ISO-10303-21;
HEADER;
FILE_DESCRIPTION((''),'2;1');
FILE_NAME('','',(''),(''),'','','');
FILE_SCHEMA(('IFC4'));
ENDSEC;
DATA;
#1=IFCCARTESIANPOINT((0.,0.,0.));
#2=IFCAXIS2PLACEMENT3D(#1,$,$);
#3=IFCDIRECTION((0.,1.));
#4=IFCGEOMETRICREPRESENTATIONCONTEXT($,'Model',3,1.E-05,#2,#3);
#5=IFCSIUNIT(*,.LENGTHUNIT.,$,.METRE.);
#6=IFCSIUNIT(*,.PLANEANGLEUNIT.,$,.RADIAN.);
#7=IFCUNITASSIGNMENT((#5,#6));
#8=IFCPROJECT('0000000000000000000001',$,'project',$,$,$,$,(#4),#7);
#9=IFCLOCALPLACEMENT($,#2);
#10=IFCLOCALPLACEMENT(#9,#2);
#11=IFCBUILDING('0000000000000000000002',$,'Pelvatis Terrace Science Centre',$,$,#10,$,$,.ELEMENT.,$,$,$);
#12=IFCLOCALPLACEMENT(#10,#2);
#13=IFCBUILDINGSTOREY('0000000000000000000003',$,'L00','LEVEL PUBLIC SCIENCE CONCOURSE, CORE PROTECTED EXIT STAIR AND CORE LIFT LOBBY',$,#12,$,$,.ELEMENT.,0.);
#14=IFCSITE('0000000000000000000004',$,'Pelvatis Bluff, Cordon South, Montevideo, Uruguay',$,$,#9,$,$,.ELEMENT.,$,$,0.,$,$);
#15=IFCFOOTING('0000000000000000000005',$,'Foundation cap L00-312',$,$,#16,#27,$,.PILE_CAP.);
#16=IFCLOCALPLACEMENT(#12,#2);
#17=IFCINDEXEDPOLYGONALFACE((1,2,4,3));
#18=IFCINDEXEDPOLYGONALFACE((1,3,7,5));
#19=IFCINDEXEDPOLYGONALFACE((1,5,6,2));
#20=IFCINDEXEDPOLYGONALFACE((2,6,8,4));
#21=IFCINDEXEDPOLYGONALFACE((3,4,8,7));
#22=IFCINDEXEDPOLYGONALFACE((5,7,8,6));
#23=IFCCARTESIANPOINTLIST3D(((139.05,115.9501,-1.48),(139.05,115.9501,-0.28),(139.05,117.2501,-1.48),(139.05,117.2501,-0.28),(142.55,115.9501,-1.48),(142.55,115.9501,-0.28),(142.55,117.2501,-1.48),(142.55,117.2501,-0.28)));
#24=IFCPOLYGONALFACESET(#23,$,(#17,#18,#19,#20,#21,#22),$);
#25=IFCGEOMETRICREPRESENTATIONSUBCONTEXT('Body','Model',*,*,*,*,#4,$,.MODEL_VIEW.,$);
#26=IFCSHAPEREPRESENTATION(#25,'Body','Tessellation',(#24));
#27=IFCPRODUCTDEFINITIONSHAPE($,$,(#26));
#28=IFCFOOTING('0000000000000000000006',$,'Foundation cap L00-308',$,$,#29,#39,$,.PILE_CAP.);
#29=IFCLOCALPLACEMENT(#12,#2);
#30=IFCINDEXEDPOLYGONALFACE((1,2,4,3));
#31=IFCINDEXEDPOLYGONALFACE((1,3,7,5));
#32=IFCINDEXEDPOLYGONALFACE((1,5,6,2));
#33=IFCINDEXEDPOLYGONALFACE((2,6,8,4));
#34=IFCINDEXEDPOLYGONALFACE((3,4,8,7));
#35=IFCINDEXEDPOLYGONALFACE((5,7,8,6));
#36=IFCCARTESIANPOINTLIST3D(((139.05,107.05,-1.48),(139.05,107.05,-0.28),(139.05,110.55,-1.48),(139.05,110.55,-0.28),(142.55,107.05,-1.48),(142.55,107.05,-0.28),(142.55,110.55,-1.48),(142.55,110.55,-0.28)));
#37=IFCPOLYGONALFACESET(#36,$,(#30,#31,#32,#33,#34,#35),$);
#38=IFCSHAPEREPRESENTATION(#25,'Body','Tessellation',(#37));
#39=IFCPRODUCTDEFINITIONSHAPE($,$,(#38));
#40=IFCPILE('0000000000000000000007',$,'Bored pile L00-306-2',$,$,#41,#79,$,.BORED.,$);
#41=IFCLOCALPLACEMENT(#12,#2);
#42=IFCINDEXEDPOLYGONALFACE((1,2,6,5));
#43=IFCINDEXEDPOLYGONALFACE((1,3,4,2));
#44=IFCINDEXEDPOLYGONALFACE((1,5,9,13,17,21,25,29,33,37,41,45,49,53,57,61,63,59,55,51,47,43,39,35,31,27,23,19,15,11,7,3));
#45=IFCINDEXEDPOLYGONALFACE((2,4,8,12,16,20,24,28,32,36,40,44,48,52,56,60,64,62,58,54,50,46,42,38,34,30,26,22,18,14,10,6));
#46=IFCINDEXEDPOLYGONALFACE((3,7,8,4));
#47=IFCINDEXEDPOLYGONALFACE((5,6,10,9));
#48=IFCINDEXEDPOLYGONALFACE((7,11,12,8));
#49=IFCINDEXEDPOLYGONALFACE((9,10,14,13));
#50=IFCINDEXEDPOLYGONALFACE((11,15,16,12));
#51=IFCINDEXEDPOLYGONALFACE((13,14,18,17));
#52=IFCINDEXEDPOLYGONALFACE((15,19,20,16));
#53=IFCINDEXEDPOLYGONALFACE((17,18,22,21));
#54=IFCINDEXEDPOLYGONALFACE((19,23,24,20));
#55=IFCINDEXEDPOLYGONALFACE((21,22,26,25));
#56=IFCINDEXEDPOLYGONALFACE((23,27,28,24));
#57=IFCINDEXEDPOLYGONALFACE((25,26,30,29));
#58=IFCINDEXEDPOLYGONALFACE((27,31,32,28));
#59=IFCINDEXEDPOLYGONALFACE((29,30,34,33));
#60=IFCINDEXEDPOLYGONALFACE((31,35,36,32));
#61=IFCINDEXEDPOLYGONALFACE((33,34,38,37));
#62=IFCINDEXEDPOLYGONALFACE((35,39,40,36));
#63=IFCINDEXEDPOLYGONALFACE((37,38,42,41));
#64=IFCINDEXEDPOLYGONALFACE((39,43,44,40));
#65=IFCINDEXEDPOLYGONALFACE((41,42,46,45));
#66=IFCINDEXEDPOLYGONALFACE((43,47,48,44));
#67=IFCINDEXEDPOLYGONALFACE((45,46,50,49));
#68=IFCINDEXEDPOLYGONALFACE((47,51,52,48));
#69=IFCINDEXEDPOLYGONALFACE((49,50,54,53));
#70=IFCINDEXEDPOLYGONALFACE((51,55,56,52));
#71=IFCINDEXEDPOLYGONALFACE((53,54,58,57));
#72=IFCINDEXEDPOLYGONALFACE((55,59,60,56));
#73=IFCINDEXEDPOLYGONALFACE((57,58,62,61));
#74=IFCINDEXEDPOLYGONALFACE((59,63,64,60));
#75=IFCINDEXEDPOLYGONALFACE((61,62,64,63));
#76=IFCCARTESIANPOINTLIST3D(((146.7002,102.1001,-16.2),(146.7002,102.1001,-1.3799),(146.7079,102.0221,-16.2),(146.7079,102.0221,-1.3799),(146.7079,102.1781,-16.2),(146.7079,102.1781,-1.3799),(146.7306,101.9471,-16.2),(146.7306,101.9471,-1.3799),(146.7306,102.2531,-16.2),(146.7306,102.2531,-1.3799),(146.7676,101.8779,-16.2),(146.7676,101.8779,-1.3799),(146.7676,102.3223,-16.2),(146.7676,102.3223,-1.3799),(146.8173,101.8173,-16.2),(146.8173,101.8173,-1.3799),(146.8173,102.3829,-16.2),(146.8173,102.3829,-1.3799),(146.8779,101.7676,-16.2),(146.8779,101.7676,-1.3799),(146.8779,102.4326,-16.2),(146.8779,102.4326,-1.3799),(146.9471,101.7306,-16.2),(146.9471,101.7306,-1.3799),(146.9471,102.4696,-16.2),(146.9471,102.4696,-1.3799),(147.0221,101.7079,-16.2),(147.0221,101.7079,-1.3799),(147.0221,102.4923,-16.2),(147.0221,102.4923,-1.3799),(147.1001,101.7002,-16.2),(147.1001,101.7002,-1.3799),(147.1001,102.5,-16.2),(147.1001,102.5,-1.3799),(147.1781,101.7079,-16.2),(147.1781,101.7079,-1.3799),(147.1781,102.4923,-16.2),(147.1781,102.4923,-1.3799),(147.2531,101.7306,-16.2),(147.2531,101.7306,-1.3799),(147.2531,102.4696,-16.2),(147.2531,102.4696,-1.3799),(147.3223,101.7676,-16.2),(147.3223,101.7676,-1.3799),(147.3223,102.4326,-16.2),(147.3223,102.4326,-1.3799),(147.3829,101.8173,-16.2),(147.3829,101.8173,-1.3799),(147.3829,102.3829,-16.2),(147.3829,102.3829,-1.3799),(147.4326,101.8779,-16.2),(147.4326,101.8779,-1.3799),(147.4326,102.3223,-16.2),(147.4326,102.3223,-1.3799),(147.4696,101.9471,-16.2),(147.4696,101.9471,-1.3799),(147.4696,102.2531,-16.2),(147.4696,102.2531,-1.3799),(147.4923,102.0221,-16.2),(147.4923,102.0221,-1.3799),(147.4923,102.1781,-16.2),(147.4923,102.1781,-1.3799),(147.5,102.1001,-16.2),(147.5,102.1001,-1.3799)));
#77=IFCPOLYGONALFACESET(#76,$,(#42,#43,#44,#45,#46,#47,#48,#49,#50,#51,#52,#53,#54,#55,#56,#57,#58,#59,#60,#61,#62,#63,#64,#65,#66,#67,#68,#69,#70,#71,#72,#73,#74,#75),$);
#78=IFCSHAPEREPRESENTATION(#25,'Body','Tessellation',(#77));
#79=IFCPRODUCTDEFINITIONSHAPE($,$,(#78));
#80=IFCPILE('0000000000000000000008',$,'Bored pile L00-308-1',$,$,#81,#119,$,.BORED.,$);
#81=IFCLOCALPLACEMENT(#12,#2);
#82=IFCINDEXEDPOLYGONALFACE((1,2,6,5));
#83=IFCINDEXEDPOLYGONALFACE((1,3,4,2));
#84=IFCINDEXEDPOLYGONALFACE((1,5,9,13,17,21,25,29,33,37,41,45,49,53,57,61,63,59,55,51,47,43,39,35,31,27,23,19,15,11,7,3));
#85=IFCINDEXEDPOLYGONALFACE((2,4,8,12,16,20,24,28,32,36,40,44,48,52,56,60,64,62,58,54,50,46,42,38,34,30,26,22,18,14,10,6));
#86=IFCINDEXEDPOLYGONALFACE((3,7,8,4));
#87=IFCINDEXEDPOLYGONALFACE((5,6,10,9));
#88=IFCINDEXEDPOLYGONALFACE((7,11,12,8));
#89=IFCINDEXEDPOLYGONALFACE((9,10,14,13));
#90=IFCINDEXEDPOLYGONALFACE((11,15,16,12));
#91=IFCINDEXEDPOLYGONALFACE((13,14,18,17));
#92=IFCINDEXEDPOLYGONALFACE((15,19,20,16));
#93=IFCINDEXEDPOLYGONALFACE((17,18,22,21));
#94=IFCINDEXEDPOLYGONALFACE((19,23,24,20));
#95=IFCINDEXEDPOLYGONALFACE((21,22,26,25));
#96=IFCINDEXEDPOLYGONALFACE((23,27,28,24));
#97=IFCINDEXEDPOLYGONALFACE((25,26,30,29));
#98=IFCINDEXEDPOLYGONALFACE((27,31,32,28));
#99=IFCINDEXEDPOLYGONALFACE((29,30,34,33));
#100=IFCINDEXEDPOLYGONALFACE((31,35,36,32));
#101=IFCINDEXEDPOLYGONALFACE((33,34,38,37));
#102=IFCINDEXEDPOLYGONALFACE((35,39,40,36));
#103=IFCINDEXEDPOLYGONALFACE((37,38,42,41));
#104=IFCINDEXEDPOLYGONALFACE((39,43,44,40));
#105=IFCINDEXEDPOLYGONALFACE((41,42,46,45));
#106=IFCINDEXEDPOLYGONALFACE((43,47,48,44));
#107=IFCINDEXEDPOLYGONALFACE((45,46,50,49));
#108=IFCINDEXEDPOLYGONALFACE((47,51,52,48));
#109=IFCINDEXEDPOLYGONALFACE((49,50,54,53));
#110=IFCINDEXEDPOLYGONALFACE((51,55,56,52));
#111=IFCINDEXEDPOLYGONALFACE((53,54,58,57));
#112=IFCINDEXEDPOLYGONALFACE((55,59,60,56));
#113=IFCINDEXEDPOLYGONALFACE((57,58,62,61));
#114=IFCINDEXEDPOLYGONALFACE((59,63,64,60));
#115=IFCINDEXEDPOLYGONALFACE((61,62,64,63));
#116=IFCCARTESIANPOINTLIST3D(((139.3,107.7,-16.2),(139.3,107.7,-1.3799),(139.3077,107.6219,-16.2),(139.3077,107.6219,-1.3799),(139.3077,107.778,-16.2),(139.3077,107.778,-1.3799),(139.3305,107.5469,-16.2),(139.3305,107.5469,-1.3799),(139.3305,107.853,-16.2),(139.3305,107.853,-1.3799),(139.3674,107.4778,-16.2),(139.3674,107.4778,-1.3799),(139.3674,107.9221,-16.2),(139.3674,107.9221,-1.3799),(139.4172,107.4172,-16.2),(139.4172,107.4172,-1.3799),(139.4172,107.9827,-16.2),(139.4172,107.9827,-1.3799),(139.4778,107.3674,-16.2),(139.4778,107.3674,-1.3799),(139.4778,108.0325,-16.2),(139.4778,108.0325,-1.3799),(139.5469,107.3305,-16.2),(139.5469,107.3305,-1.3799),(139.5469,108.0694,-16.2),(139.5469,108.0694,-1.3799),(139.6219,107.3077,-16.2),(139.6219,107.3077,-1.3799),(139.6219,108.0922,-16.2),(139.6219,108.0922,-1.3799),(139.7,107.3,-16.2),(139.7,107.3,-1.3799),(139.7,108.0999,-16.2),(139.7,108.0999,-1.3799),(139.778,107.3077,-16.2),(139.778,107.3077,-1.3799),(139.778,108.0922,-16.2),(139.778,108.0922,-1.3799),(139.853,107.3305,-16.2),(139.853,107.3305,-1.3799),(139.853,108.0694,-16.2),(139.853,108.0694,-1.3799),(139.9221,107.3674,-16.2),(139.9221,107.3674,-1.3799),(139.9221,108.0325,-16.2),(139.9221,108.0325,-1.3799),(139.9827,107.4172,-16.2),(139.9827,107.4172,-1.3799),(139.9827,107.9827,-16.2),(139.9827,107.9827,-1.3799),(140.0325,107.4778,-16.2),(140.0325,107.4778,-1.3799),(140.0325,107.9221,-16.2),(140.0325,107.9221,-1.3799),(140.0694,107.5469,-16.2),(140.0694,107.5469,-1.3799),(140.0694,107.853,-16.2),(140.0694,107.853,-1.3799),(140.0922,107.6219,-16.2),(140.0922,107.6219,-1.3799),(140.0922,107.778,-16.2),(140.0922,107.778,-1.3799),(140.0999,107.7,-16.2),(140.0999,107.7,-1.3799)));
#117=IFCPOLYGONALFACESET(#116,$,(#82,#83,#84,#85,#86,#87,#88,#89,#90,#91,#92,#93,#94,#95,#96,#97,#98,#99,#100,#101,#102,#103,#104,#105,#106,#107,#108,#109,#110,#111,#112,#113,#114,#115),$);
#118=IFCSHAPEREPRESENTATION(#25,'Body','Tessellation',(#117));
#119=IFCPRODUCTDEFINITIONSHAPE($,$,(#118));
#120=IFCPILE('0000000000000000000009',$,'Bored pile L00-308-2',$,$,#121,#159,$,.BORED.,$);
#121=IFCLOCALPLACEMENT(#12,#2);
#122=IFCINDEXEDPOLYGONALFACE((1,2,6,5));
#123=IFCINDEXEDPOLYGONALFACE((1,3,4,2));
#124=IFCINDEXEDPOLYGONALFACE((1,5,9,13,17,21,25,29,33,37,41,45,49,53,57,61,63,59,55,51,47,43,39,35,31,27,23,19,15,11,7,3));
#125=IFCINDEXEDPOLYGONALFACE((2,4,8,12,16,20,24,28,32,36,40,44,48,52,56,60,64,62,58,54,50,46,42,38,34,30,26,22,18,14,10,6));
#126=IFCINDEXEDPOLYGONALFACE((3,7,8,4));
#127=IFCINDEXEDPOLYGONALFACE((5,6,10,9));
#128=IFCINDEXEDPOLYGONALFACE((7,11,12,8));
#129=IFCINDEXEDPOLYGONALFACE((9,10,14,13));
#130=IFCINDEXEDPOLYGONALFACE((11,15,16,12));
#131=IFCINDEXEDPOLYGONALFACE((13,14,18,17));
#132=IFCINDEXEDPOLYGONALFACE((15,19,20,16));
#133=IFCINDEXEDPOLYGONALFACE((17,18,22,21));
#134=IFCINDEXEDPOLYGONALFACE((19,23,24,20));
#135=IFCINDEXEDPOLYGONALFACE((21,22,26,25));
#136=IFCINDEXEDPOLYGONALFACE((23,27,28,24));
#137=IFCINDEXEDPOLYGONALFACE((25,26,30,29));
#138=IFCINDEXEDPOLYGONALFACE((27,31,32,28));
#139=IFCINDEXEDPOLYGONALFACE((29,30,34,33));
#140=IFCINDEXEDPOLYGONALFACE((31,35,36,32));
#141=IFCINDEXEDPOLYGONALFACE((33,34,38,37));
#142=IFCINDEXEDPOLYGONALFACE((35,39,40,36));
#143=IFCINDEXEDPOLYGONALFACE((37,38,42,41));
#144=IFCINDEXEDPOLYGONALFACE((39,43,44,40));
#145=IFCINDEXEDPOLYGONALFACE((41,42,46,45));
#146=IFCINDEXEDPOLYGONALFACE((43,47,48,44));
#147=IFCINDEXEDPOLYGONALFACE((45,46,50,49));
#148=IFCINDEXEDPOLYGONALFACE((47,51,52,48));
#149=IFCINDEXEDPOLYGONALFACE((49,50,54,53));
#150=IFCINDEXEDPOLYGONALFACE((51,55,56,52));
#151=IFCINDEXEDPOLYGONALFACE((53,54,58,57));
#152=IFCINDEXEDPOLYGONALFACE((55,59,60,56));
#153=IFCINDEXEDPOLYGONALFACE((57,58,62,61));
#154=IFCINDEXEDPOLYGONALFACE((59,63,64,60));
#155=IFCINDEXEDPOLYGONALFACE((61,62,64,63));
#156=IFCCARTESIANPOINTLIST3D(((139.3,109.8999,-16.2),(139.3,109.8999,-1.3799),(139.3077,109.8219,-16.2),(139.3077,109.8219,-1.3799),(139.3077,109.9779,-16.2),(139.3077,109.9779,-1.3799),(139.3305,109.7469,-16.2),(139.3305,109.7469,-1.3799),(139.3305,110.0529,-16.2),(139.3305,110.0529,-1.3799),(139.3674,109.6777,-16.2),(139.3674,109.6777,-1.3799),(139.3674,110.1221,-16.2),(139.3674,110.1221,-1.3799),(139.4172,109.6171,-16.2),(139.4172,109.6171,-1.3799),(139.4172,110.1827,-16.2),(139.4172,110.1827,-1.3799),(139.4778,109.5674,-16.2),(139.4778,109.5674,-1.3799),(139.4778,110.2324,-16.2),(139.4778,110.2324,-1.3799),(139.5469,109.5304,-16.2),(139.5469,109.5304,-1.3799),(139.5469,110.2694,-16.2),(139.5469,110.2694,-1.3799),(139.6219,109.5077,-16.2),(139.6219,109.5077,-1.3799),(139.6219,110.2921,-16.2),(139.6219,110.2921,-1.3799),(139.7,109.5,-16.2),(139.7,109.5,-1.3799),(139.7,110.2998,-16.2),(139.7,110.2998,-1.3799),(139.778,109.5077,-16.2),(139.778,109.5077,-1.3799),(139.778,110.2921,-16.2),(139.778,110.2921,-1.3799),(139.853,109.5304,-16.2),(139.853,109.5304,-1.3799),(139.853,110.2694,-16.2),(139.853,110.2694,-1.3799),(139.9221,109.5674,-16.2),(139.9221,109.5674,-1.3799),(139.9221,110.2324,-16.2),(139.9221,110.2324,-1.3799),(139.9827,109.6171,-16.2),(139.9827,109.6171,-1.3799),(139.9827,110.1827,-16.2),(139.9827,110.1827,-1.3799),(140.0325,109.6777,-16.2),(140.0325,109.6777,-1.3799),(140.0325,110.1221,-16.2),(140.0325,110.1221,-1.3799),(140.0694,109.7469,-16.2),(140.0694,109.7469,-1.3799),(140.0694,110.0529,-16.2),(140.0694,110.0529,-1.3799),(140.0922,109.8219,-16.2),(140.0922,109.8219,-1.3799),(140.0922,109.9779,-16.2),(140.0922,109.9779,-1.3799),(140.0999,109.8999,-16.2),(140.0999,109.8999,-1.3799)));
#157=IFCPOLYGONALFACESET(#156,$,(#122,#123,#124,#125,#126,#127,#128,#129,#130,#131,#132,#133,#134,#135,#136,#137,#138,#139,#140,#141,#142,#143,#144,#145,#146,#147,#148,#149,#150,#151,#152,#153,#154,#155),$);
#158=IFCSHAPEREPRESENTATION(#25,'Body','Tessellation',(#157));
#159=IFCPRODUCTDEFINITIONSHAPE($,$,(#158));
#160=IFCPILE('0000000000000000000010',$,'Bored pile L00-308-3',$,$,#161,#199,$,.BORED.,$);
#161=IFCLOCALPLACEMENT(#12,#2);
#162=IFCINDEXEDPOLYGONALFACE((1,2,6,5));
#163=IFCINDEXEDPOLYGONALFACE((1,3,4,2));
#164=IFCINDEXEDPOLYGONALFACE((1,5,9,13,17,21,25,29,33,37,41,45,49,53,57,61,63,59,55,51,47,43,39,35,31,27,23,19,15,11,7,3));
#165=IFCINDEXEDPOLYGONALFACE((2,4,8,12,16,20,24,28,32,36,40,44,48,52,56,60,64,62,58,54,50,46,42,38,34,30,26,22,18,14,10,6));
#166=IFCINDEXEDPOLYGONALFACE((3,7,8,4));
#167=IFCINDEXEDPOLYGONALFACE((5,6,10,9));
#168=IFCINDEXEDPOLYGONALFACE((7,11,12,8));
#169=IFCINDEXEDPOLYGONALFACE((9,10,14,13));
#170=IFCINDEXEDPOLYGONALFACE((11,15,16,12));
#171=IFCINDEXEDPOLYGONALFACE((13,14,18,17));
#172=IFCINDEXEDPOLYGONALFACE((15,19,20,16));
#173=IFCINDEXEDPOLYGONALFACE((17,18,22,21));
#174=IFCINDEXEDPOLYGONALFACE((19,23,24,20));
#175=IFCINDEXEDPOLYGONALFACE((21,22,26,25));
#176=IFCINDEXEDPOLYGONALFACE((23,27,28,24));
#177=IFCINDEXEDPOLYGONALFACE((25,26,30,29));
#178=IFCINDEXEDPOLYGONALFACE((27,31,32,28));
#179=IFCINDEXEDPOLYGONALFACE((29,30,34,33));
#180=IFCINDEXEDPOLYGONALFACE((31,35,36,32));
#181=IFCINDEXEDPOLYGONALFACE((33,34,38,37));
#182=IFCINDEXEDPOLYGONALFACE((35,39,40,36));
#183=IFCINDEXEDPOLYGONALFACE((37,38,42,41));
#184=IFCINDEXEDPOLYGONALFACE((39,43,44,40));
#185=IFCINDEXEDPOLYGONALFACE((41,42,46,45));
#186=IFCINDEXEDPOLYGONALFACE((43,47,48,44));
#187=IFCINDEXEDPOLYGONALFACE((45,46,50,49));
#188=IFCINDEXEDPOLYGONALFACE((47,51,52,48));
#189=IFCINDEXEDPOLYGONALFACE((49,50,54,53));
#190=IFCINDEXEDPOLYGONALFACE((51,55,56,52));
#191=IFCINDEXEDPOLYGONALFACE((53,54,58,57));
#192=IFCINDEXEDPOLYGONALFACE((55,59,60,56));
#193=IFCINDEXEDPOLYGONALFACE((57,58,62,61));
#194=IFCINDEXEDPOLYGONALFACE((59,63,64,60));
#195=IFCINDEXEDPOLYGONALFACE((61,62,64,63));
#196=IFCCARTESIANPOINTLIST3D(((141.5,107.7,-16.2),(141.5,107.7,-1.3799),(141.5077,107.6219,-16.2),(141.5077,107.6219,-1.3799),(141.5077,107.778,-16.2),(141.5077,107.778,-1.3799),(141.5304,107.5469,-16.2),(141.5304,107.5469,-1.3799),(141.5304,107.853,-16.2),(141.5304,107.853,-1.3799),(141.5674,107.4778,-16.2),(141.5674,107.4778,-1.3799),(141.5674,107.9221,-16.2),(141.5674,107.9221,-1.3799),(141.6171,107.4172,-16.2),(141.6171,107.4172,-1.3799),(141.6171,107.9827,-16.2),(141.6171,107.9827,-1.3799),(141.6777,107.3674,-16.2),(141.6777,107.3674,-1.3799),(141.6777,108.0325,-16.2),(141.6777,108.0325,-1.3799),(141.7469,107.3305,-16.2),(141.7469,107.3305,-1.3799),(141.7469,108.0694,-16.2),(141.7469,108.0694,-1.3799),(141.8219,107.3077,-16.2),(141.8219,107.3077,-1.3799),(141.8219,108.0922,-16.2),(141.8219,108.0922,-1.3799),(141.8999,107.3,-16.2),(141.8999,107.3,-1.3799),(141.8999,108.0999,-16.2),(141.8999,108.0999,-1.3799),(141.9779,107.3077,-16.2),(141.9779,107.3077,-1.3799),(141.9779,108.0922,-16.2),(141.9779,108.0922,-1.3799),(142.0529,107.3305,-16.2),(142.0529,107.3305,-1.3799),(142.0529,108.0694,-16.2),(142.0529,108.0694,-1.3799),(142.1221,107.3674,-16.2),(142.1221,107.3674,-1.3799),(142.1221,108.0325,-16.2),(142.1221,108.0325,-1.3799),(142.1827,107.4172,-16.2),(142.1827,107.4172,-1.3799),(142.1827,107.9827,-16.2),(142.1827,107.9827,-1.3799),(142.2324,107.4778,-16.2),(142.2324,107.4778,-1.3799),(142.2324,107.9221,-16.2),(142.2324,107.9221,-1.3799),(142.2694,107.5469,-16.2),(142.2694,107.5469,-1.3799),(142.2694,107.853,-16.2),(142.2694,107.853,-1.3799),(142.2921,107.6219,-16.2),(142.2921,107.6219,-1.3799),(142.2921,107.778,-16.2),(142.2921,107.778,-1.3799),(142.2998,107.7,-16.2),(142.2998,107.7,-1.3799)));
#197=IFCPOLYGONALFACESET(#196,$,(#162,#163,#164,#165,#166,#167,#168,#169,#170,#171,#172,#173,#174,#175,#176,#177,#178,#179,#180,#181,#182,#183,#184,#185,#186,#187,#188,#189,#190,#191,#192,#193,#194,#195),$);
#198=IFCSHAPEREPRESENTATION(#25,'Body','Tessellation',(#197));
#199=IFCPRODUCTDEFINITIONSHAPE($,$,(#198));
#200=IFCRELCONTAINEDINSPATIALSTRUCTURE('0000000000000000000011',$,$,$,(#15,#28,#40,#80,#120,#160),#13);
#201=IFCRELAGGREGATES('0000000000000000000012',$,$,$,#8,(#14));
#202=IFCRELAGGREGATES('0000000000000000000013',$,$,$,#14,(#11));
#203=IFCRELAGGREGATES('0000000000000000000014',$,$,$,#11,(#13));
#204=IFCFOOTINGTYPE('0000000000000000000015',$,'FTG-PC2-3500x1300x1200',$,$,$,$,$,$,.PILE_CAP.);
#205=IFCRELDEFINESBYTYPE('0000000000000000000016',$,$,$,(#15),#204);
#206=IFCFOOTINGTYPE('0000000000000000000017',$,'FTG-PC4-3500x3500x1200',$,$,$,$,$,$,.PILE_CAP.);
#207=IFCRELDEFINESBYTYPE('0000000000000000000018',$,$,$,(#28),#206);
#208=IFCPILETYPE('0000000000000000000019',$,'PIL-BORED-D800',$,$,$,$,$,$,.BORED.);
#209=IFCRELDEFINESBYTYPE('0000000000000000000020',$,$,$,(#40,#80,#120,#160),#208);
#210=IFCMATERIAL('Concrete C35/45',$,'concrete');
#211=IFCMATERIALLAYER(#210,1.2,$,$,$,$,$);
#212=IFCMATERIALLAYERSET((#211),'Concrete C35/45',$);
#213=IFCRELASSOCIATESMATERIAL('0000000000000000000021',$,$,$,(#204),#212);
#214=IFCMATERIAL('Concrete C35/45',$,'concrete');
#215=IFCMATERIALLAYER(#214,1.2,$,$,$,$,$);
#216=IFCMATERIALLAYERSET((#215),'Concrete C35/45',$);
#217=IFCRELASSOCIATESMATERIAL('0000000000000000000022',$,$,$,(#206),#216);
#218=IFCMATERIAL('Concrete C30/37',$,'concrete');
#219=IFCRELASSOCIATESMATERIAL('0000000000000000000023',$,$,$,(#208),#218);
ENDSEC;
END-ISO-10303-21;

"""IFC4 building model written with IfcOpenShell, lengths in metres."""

from ifc_helpers import new_model, si_unit, direction, frame, origin, origin_2d, place, context, subcontext, project, spatial, rectangle, circle, extrude, material, layer, layer_set, material_profile, profile_set, type_object, element, save


model = new_model("IFC4")

# Units and contexts
model_context = context("Model", 3, precision=1e-05, world=origin(), true_north=direction((0.0, 1.0)))
body_context = subcontext(model_context, "Body", "Model", "MODEL_VIEW")
ifc_project = project(units=[si_unit("LENGTHUNIT", "METRE"), si_unit("PLANEANGLEUNIT", "RADIAN")], contexts=[model_context])

# Site, building, storey
site_placement = place(None, origin())
site = spatial("IfcSite", under=ifc_project, at=site_placement, Name="Pelvatis Bluff, Cordon South, Montevideo, Uruguay", CompositionType="ELEMENT", RefElevation=0.0)
building_placement = place(site_placement, origin())
building = spatial("IfcBuilding", under=site, at=building_placement, Name="Pelvatis Terrace Science Centre", CompositionType="ELEMENT")
storey_placement = place(building_placement, origin())
storey = spatial("IfcBuildingStorey", under=building, at=storey_placement, Name="L00", Description="LEVEL PUBLIC SCIENCE CONCOURSE, CORE PROTECTED EXIT STAIR AND CORE LIFT LOBBY", CompositionType="ELEMENT", Elevation=0.0)

# Footings
ifc_material_1 = material(Name="Concrete C35/45", Category="concrete")
ifc_layer_1 = layer(ifc_material_1, 1.2)
ifc_layer_set_1 = layer_set([ifc_layer_1], Name="Concrete C35/45")
footing_type_1 = type_object("IfcFootingType", Name="FTG-PC2-3500x1300x1200", PredefinedType="PILE_CAP", material=ifc_layer_set_1)
footing_1_placement = place(storey_placement, frame((140.8, 116.6001, -1.48), z_axis=(0.0, 0.0, 1.0), x_axis=(1.0, 0.0, 0.0)))
element("IfcFooting", 1, at=footing_1_placement, inside=storey, type_object=footing_type_1, Name="Foundation cap L00-312", PredefinedType="PILE_CAP", context=body_context, shape_type="SweptSolid", body=[
    extrude(rectangle(XDim=3.5, YDim=1.3, at=origin_2d()), origin(), (0.0, 0.0, 1.0), 1.2),
])
ifc_material_2 = material(Name="Concrete C35/45", Category="concrete")
ifc_layer_2 = layer(ifc_material_2, 1.2)
ifc_layer_set_2 = layer_set([ifc_layer_2], Name="Concrete C35/45")
footing_type_2 = type_object("IfcFootingType", Name="FTG-PC4-3500x3500x1200", PredefinedType="PILE_CAP", material=ifc_layer_set_2)
footing_2_placement = place(storey_placement, frame((140.8, 108.8, -1.48), z_axis=(0.0, 0.0, 1.0), x_axis=(1.0, 0.0, 0.0)))
element("IfcFooting", 2, at=footing_2_placement, inside=storey, type_object=footing_type_2, Name="Foundation cap L00-308", PredefinedType="PILE_CAP", context=body_context, shape_type="SweptSolid", body=[
    extrude(rectangle(XDim=3.5, YDim=3.5, at=origin_2d()), origin(), (0.0, 0.0, 1.0), 1.2),
])

# Piles
ifc_material_3 = material(Name="Concrete C30/37", Category="concrete")
ifc_material_profile_1 = material_profile(ifc_material_3, circle(Radius=0.3999, at=origin_2d()), Name="PILE D800")
ifc_profile_set_1 = profile_set([ifc_material_profile_1], Name="Concrete C30/37")
pile_type = type_object("IfcPileType", Name="PIL-BORED-D800", PredefinedType="BORED", material=ifc_profile_set_1)
for number, where, z_axis, x_axis, name in (
    (3, (147.1001, 102.1001, -1.3799), (0.0, 0.0, -1.0), (1.0, 0.0, 0.0), "Bored pile L00-306-2"),
    (4, (139.7, 107.7, -1.3799), (0.0, 0.0, -1.0), (1.0, 0.0, 0.0), "Bored pile L00-308-1"),
    (5, (139.7, 109.8999, -1.3799), (0.0, 0.0, -1.0), (1.0, 0.0, 0.0), "Bored pile L00-308-2"),
    (6, (141.8999, 107.7, -1.3799), (0.0, 0.0, -1.0), (1.0, 0.0, 0.0), "Bored pile L00-308-3"),
):
    element("IfcPile", number, at=place(storey_placement, frame(where, z_axis=z_axis, x_axis=x_axis)), inside=storey, type_object=pile_type, Name=name, PredefinedType="BORED", context=body_context, shape_type="SweptSolid", body=[
        extrude(circle(Radius=0.3999, at=origin_2d()), origin(), (0.0, 0.0, 1.0), 14.8201),
    ])

save(model, "model.ifc")
